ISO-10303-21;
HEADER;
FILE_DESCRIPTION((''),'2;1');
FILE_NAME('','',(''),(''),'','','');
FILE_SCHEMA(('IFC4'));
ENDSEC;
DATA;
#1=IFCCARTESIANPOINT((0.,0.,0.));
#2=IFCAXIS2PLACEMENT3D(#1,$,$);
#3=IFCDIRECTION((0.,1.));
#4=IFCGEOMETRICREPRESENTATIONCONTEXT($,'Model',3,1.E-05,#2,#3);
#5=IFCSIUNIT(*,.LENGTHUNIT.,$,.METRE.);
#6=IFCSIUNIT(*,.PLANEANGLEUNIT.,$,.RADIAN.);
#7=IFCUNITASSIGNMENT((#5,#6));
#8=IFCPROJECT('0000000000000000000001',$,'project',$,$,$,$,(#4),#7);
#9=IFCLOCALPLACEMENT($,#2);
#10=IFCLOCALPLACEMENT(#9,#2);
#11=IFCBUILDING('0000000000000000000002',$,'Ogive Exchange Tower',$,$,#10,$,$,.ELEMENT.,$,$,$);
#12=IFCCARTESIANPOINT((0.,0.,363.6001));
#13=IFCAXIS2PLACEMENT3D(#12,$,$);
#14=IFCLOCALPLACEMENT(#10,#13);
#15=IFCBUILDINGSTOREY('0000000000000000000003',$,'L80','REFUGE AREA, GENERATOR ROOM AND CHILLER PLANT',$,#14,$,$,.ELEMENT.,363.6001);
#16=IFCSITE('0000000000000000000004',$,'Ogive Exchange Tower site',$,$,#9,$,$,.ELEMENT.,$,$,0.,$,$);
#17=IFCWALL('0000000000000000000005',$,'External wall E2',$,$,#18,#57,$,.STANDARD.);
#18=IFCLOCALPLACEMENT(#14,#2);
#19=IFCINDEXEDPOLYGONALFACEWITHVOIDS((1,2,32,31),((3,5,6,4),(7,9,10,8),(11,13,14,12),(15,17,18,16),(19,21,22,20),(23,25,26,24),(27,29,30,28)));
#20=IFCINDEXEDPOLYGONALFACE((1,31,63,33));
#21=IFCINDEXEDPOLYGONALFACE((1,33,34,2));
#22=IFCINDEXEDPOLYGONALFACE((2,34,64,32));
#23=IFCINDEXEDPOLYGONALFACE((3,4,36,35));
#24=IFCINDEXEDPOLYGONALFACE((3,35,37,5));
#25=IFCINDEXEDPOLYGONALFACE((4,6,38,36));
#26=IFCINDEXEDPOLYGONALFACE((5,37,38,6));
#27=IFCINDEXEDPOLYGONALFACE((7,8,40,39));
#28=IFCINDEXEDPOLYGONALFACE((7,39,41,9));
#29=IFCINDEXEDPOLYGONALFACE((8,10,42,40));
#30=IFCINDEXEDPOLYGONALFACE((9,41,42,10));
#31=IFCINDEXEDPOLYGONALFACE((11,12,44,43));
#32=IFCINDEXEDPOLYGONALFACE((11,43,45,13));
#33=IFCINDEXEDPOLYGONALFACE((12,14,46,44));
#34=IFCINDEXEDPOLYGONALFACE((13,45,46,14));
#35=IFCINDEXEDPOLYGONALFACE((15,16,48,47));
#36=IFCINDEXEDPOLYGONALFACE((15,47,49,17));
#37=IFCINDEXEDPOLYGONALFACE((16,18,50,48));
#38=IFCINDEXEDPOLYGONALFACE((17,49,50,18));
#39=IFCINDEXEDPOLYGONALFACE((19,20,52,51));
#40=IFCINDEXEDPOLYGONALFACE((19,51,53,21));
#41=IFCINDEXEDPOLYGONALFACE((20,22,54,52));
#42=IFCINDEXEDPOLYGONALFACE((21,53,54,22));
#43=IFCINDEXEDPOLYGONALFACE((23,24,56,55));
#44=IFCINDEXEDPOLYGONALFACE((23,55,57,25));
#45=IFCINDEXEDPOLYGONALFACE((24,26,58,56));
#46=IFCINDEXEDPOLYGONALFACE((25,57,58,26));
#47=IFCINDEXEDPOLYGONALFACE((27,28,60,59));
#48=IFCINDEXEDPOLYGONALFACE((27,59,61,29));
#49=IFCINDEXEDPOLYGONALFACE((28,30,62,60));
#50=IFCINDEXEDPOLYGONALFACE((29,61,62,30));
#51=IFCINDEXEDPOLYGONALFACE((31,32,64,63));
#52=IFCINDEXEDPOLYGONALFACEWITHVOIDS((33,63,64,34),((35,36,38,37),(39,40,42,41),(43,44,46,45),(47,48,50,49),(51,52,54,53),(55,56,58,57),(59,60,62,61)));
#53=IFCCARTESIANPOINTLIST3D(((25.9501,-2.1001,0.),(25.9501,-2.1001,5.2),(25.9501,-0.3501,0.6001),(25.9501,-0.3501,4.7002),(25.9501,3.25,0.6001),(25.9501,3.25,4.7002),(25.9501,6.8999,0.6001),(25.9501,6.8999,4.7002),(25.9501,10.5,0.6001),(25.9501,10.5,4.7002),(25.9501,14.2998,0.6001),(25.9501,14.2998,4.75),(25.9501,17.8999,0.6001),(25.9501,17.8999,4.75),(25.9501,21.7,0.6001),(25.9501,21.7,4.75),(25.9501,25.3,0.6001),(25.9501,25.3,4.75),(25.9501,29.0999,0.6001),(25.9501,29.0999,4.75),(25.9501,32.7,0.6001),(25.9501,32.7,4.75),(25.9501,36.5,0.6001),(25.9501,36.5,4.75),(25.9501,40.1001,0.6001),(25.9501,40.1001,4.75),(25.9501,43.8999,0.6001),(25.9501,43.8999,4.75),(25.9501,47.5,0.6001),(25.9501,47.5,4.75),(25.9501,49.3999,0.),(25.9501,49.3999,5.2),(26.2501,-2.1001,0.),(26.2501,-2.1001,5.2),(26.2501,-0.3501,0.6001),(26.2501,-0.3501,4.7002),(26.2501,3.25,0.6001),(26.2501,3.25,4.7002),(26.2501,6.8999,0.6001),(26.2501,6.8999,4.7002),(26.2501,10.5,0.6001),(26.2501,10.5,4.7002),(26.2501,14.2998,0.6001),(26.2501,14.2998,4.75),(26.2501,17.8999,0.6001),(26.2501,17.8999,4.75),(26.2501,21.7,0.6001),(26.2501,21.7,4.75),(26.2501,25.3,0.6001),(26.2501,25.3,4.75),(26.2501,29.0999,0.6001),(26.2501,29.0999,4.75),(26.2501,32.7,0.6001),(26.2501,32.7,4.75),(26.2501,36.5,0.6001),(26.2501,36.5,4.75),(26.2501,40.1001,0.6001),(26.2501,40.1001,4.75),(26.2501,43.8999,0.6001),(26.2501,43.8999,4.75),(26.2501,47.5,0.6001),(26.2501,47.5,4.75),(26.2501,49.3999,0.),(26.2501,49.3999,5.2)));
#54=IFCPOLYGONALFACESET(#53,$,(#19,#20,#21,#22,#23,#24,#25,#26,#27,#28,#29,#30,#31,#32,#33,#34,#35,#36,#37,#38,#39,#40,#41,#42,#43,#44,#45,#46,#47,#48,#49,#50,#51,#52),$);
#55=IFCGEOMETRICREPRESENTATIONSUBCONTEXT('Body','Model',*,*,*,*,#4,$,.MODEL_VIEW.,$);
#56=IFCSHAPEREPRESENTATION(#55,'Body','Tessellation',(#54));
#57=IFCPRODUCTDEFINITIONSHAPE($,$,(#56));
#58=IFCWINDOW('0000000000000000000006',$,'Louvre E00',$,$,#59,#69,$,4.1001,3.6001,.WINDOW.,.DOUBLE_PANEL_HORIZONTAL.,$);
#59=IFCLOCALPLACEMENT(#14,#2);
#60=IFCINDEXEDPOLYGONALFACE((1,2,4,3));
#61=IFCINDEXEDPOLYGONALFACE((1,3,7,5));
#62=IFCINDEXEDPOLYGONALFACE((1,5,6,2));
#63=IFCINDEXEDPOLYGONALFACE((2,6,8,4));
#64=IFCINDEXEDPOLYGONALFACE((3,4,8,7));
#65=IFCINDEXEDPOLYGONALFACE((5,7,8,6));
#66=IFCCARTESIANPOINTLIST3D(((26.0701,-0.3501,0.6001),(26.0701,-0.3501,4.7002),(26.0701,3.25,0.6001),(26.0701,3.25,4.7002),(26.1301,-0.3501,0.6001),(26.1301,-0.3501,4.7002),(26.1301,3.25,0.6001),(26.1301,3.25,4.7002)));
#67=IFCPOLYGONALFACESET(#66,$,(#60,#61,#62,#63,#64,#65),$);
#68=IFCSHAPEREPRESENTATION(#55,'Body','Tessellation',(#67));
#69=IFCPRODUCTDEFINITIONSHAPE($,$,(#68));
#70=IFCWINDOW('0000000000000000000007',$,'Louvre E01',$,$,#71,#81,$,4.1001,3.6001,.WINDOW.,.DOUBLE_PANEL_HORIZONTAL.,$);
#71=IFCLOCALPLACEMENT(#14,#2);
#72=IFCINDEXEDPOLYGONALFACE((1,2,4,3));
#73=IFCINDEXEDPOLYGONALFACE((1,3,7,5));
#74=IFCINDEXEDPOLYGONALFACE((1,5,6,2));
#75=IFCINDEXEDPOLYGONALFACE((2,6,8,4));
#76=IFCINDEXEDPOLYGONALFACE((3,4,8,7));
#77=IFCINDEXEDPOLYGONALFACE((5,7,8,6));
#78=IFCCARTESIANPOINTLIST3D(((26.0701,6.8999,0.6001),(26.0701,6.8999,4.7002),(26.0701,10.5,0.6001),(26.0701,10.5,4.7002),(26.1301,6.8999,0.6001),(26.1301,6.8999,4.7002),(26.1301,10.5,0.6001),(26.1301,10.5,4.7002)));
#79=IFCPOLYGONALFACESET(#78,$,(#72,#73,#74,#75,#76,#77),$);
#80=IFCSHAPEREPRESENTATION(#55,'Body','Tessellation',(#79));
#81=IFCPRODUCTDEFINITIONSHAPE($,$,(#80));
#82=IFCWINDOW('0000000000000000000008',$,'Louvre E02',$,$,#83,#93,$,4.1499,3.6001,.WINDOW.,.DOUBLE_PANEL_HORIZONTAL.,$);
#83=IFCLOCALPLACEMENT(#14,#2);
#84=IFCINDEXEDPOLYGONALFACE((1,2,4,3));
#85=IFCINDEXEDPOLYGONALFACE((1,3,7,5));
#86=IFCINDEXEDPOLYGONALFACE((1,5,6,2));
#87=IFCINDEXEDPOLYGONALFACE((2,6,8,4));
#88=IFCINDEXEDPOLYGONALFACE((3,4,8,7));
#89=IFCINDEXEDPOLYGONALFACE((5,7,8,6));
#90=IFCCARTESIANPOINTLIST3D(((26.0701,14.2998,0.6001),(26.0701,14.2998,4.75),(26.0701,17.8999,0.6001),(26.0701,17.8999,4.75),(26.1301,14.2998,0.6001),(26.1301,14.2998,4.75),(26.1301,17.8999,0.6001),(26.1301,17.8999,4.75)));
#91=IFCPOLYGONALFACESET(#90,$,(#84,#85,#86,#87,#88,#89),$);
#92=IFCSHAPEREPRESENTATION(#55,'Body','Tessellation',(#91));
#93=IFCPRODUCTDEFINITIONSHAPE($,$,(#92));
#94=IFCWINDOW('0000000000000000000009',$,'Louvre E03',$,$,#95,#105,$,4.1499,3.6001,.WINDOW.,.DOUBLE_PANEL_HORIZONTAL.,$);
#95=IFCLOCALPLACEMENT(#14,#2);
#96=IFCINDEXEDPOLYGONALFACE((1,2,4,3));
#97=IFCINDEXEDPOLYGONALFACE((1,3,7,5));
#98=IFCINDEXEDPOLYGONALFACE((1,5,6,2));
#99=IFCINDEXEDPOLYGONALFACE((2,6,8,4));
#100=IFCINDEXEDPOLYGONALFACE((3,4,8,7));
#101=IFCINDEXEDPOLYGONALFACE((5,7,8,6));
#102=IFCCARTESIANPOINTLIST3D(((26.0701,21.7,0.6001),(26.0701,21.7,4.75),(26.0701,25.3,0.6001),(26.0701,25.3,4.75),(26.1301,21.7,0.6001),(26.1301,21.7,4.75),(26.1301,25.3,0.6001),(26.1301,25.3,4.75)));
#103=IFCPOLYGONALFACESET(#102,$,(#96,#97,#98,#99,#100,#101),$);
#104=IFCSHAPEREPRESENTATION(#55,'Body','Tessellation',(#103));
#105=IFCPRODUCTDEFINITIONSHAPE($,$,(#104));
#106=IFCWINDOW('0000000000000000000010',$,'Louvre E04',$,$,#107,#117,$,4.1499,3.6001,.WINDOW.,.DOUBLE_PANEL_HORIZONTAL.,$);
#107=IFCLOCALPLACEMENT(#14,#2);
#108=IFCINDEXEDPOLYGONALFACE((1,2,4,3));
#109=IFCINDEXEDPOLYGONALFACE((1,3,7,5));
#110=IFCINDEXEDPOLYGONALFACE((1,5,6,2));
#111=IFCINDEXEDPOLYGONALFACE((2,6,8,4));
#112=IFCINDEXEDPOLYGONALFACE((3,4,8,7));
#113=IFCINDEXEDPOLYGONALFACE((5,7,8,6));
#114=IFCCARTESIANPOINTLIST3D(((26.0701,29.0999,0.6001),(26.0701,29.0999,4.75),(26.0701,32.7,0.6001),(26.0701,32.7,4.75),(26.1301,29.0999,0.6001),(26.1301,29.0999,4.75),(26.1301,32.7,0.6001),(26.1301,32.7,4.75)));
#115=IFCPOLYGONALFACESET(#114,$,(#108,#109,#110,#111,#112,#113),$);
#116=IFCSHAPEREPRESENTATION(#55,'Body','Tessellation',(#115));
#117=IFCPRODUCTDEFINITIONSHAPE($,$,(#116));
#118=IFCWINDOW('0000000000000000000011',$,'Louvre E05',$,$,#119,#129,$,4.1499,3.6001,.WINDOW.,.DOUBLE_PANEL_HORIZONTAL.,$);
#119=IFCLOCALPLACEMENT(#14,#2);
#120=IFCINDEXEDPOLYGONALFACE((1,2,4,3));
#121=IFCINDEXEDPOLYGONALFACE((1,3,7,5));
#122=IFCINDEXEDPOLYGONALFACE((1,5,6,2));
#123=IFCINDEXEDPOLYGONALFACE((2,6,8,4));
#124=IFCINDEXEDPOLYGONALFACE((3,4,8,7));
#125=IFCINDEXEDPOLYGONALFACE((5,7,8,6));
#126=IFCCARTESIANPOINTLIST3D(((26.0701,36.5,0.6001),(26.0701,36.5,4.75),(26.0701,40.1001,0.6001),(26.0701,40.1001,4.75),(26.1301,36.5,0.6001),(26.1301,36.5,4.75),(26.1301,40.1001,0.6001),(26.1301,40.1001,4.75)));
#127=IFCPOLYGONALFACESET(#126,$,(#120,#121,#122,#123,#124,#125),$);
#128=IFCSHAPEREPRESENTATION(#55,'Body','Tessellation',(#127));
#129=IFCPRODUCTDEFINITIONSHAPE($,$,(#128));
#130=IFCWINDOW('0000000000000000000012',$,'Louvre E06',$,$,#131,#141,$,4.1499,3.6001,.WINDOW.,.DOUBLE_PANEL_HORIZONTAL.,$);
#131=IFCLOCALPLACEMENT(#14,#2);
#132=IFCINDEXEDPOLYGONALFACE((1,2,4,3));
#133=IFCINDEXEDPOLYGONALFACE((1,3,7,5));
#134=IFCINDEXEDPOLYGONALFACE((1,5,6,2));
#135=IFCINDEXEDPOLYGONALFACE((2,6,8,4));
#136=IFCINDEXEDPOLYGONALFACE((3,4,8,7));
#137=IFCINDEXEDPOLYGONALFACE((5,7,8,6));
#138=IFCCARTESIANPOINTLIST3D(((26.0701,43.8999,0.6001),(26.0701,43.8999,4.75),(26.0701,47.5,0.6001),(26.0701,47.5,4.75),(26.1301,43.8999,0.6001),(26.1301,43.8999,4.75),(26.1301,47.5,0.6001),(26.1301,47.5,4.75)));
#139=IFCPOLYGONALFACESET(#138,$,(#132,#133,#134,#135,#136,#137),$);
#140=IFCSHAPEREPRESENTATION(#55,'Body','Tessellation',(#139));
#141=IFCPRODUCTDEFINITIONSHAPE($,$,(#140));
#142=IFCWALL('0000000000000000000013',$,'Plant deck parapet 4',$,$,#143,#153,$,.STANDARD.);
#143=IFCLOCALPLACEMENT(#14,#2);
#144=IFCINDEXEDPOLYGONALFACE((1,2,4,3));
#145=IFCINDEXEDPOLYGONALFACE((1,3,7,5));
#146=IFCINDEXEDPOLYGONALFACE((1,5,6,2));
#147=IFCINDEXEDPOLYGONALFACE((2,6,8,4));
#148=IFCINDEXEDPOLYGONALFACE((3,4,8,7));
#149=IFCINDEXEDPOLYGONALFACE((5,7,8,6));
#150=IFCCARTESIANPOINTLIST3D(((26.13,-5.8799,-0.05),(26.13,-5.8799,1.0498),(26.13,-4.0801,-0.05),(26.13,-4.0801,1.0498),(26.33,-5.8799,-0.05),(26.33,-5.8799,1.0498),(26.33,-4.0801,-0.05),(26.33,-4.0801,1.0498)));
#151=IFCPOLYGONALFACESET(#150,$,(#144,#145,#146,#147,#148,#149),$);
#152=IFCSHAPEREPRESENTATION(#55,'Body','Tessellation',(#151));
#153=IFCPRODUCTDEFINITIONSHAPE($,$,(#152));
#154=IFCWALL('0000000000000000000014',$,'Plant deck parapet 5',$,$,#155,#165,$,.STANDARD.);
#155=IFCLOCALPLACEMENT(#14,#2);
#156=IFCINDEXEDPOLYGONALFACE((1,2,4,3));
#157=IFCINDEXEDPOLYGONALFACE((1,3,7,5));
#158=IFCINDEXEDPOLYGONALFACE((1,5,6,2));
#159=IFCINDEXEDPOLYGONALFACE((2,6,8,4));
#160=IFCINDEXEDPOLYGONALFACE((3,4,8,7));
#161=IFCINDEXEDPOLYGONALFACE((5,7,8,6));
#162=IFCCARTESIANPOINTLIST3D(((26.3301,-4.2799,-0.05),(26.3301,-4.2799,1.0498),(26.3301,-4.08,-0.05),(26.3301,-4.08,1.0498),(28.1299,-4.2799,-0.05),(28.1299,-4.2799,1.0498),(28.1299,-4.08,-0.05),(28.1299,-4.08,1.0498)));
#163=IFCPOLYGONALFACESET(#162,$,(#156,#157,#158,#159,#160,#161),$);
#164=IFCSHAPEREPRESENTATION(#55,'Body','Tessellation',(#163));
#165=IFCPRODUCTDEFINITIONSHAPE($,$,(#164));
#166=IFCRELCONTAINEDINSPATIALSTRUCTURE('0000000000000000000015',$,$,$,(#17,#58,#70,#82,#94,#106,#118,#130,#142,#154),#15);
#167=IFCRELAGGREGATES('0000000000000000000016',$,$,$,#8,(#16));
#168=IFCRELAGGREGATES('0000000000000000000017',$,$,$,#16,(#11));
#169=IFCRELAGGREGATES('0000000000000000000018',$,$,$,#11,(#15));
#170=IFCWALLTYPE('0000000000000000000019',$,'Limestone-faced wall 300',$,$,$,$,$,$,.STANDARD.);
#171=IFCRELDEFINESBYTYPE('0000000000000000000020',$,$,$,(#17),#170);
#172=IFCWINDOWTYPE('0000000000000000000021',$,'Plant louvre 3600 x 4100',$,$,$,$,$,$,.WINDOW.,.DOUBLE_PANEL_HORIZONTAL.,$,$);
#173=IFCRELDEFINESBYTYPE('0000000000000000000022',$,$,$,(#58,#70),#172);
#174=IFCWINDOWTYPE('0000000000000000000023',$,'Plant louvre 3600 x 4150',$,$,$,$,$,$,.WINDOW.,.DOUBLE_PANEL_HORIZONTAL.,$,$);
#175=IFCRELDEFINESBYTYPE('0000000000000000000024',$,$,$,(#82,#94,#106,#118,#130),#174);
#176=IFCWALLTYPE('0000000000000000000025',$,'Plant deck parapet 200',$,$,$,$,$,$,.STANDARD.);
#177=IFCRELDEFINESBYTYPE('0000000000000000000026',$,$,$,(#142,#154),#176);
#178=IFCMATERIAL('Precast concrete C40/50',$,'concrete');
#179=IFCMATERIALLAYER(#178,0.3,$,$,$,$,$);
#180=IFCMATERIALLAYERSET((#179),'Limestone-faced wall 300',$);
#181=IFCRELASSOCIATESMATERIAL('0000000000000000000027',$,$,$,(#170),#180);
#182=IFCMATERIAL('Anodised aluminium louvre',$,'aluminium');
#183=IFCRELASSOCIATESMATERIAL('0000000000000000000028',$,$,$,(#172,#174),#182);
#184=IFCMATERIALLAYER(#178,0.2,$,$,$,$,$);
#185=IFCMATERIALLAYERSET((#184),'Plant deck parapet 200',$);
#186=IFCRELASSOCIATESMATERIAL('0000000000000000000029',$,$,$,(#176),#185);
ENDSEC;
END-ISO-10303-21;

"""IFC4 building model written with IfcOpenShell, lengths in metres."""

from ifc_helpers import new_model, si_unit, direction, frame, frame_2d, origin, place, context, subcontext, project, spatial, rectangle, extrude, material, layer, layer_set, type_object, element, fill, save


model = new_model("IFC4")

# Units and contexts
model_context = context("Model", 3, precision=1e-05, world=origin(), true_north=direction((0.0, 1.0)))
body_context = subcontext(model_context, "Body", "Model", "MODEL_VIEW")
ifc_project = project(units=[si_unit("LENGTHUNIT", "METRE"), si_unit("PLANEANGLEUNIT", "RADIAN")], contexts=[model_context])

# Site, building, storey
site_placement = place(None, origin())
site = spatial("IfcSite", under=ifc_project, at=site_placement, Name="Ogive Exchange Tower site", CompositionType="ELEMENT", RefElevation=0.0)
building_placement = place(site_placement, origin())
building = spatial("IfcBuilding", under=site, at=building_placement, Name="Ogive Exchange Tower", CompositionType="ELEMENT")
storey_placement = place(building_placement, frame((0.0, 0.0, 363.6001)))
storey = spatial("IfcBuildingStorey", under=building, at=storey_placement, Name="L80", Description="REFUGE AREA, GENERATOR ROOM AND CHILLER PLANT", CompositionType="ELEMENT", Elevation=363.6001)

# Wall, openings, windows
ifc_material_1 = material(Name="Precast concrete C40/50", Category="concrete")
ifc_layer_1 = layer(ifc_material_1, 0.3)
ifc_layer_set_1 = layer_set([ifc_layer_1], Name="Limestone-faced wall 300")
wall_type_1 = type_object("IfcWallType", Name="Limestone-faced wall 300", PredefinedType="STANDARD", material=ifc_layer_set_1)
wall_1_placement = place(storey_placement, frame((26.1001, -2.1001, 0.0), z_axis=(0.0, 0.0, 1.0), x_axis=(0.0, 1.0, 0.0)))
wall_1 = element("IfcWall", 1, at=wall_1_placement, inside=storey, type_object=wall_type_1, Name="External wall E2", PredefinedType="STANDARD", context=body_context, shape_type="SweptSolid", body=[
    extrude(rectangle(XDim=51.5, YDim=0.3, at=frame_2d((25.75, 0.0))), origin(), (0.0, 0.0, 1.0), 5.2),
])
opening_1_placement = place(wall_1_placement, frame((1.75, 0.0, 0.6001)))
opening_1 = element("IfcOpeningElement", 2, at=opening_1_placement, cuts=wall_1, PredefinedType="OPENING", context=body_context, shape_type="SweptSolid", body=[
    extrude(rectangle(XDim=3.6001, YDim=4.1001, at=frame_2d((1.8, 2.05))), frame((0.0, 0.1599, 0.0), z_axis=(0.0, -1.0, 0.0), x_axis=(1.0, 0.0, 0.0)), (0.0, 0.0, 1.0), 0.3201),
])
opening_2_placement = place(wall_1_placement, frame((9.0, 0.0, 0.6001)))
opening_2 = element("IfcOpeningElement", 3, at=opening_2_placement, cuts=wall_1, PredefinedType="OPENING", context=body_context, shape_type="SweptSolid", body=[
    extrude(rectangle(XDim=3.6001, YDim=4.1001, at=frame_2d((1.8, 2.05))), frame((0.0, 0.1599, 0.0), z_axis=(0.0, -1.0, 0.0), x_axis=(1.0, 0.0, 0.0)), (0.0, 0.0, 1.0), 0.3201),
])
opening_3_placement = place(wall_1_placement, frame((16.3999, 0.0, 0.6001)))
opening_3 = element("IfcOpeningElement", 4, at=opening_3_placement, cuts=wall_1, PredefinedType="OPENING", context=body_context, shape_type="SweptSolid", body=[
    extrude(rectangle(XDim=3.6001, YDim=4.1499, at=frame_2d((1.8, 2.075))), frame((0.0, 0.1599, 0.0), z_axis=(0.0, -1.0, 0.0), x_axis=(1.0, 0.0, 0.0)), (0.0, 0.0, 1.0), 0.3201),
])
opening_4_placement = place(wall_1_placement, frame((23.8, 0.0, 0.6001)))
opening_4 = element("IfcOpeningElement", 5, at=opening_4_placement, cuts=wall_1, PredefinedType="OPENING", context=body_context, shape_type="SweptSolid", body=[
    extrude(rectangle(XDim=3.6001, YDim=4.1499, at=frame_2d((1.8, 2.075))), frame((0.0, 0.1599, 0.0), z_axis=(0.0, -1.0, 0.0), x_axis=(1.0, 0.0, 0.0)), (0.0, 0.0, 1.0), 0.3201),
])
opening_5_placement = place(wall_1_placement, frame((31.2, 0.0, 0.6001)))
opening_5 = element("IfcOpeningElement", 6, at=opening_5_placement, cuts=wall_1, PredefinedType="OPENING", context=body_context, shape_type="SweptSolid", body=[
    extrude(rectangle(XDim=3.6001, YDim=4.1499, at=frame_2d((1.8, 2.075))), frame((0.0, 0.1599, 0.0), z_axis=(0.0, -1.0, 0.0), x_axis=(1.0, 0.0, 0.0)), (0.0, 0.0, 1.0), 0.3201),
])
opening_6_placement = place(wall_1_placement, frame((38.6001, 0.0, 0.6001)))
opening_6 = element("IfcOpeningElement", 7, at=opening_6_placement, cuts=wall_1, PredefinedType="OPENING", context=body_context, shape_type="SweptSolid", body=[
    extrude(rectangle(XDim=3.6001, YDim=4.1499, at=frame_2d((1.8, 2.075))), frame((0.0, 0.1599, 0.0), z_axis=(0.0, -1.0, 0.0), x_axis=(1.0, 0.0, 0.0)), (0.0, 0.0, 1.0), 0.3201),
])
opening_7_placement = place(wall_1_placement, frame((46.0, 0.0, 0.6001)))
opening_7 = element("IfcOpeningElement", 8, at=opening_7_placement, cuts=wall_1, PredefinedType="OPENING", context=body_context, shape_type="SweptSolid", body=[
    extrude(rectangle(XDim=3.6001, YDim=4.1499, at=frame_2d((1.8, 2.075))), frame((0.0, 0.1599, 0.0), z_axis=(0.0, -1.0, 0.0), x_axis=(1.0, 0.0, 0.0)), (0.0, 0.0, 1.0), 0.3201),
])
ifc_material_2 = material(Name="Anodised aluminium louvre", Category="aluminium")
window_type_1 = type_object("IfcWindowType", Name="Plant louvre 3600 x 4100", PartitioningType="DOUBLE_PANEL_HORIZONTAL", PredefinedType="WINDOW", material=ifc_material_2)
window_1_placement = place(opening_1_placement, origin())
window_1 = element("IfcWindow", 9, at=window_1_placement, inside=storey, type_object=window_type_1, Name="Louvre E00", OverallHeight=4.1001, OverallWidth=3.6001, PartitioningType="DOUBLE_PANEL_HORIZONTAL", PredefinedType="WINDOW", context=body_context, shape_type="SweptSolid", body=[
    extrude(rectangle(XDim=3.6001, YDim=4.1001, at=frame_2d((1.8, 2.05))), frame((0.0, 0.03, 0.0), z_axis=(0.0, -1.0, 0.0), x_axis=(1.0, 0.0, 0.0)), (0.0, 0.0, 1.0), 0.0601),
])
fill(opening_1, window_1)
window_2_placement = place(opening_2_placement, origin())
window_2 = element("IfcWindow", 10, at=window_2_placement, inside=storey, type_object=window_type_1, Name="Louvre E01", OverallHeight=4.1001, OverallWidth=3.6001, PartitioningType="DOUBLE_PANEL_HORIZONTAL", PredefinedType="WINDOW", context=body_context, shape_type="SweptSolid", body=[
    extrude(rectangle(XDim=3.6001, YDim=4.1001, at=frame_2d((1.8, 2.05))), frame((0.0, 0.03, 0.0), z_axis=(0.0, -1.0, 0.0), x_axis=(1.0, 0.0, 0.0)), (0.0, 0.0, 1.0), 0.0601),
])
fill(opening_2, window_2)
window_type_2 = type_object("IfcWindowType", Name="Plant louvre 3600 x 4150", PartitioningType="DOUBLE_PANEL_HORIZONTAL", PredefinedType="WINDOW", material=ifc_material_2)
window_3_placement = place(opening_3_placement, origin())
window_3 = element("IfcWindow", 11, at=window_3_placement, inside=storey, type_object=window_type_2, Name="Louvre E02", OverallHeight=4.1499, OverallWidth=3.6001, PartitioningType="DOUBLE_PANEL_HORIZONTAL", PredefinedType="WINDOW", context=body_context, shape_type="SweptSolid", body=[
    extrude(rectangle(XDim=3.6001, YDim=4.1499, at=frame_2d((1.8, 2.075))), frame((0.0, 0.03, 0.0), z_axis=(0.0, -1.0, 0.0), x_axis=(1.0, 0.0, 0.0)), (0.0, 0.0, 1.0), 0.0601),
])
fill(opening_3, window_3)
window_4_placement = place(opening_4_placement, origin())
window_4 = element("IfcWindow", 12, at=window_4_placement, inside=storey, type_object=window_type_2, Name="Louvre E03", OverallHeight=4.1499, OverallWidth=3.6001, PartitioningType="DOUBLE_PANEL_HORIZONTAL", PredefinedType="WINDOW", context=body_context, shape_type="SweptSolid", body=[
    extrude(rectangle(XDim=3.6001, YDim=4.1499, at=frame_2d((1.8, 2.075))), frame((0.0, 0.03, 0.0), z_axis=(0.0, -1.0, 0.0), x_axis=(1.0, 0.0, 0.0)), (0.0, 0.0, 1.0), 0.0601),
])
fill(opening_4, window_4)
window_5_placement = place(opening_5_placement, origin())
window_5 = element("IfcWindow", 13, at=window_5_placement, inside=storey, type_object=window_type_2, Name="Louvre E04", OverallHeight=4.1499, OverallWidth=3.6001, PartitioningType="DOUBLE_PANEL_HORIZONTAL", PredefinedType="WINDOW", context=body_context, shape_type="SweptSolid", body=[
    extrude(rectangle(XDim=3.6001, YDim=4.1499, at=frame_2d((1.8, 2.075))), frame((0.0, 0.03, 0.0), z_axis=(0.0, -1.0, 0.0), x_axis=(1.0, 0.0, 0.0)), (0.0, 0.0, 1.0), 0.0601),
])
fill(opening_5, window_5)
window_6_placement = place(opening_6_placement, origin())
window_6 = element("IfcWindow", 14, at=window_6_placement, inside=storey, type_object=window_type_2, Name="Louvre E05", OverallHeight=4.1499, OverallWidth=3.6001, PartitioningType="DOUBLE_PANEL_HORIZONTAL", PredefinedType="WINDOW", context=body_context, shape_type="SweptSolid", body=[
    extrude(rectangle(XDim=3.6001, YDim=4.1499, at=frame_2d((1.8, 2.075))), frame((0.0, 0.03, 0.0), z_axis=(0.0, -1.0, 0.0), x_axis=(1.0, 0.0, 0.0)), (0.0, 0.0, 1.0), 0.0601),
])
fill(opening_6, window_6)
window_7_placement = place(opening_7_placement, origin())
window_7 = element("IfcWindow", 15, at=window_7_placement, inside=storey, type_object=window_type_2, Name="Louvre E06", OverallHeight=4.1499, OverallWidth=3.6001, PartitioningType="DOUBLE_PANEL_HORIZONTAL", PredefinedType="WINDOW", context=body_context, shape_type="SweptSolid", body=[
    extrude(rectangle(XDim=3.6001, YDim=4.1499, at=frame_2d((1.8, 2.075))), frame((0.0, 0.03, 0.0), z_axis=(0.0, -1.0, 0.0), x_axis=(1.0, 0.0, 0.0)), (0.0, 0.0, 1.0), 0.0601),
])
fill(opening_7, window_7)

# Walls
ifc_layer_2 = layer(ifc_material_1, 0.2)
ifc_layer_set_2 = layer_set([ifc_layer_2], Name="Plant deck parapet 200")
wall_type_2 = type_object("IfcWallType", Name="Plant deck parapet 200", PredefinedType="STANDARD", material=ifc_layer_set_2)
for number, where, z_axis, x_axis, name in (
    (16, (26.23, -5.8799, -0.05), (0.0, 0.0, 1.0), (0.0, 1.0, 0.0), "Plant deck parapet 4"),
    (17, (26.3301, -4.1799, -0.05), (0.0, 0.0, 1.0), (1.0, 0.0, 0.0), "Plant deck parapet 5"),
):
    element("IfcWall", number, at=place(storey_placement, frame(where, z_axis=z_axis, x_axis=x_axis)), inside=storey, type_object=wall_type_2, Name=name, PredefinedType="STANDARD", context=body_context, shape_type="SweptSolid", body=[
        extrude(rectangle(XDim=1.7998, YDim=0.2, at=frame_2d((0.8999, 0.0))), origin(), (0.0, 0.0, 1.0), 1.0999),
    ])

save(model, "model.ifc")
